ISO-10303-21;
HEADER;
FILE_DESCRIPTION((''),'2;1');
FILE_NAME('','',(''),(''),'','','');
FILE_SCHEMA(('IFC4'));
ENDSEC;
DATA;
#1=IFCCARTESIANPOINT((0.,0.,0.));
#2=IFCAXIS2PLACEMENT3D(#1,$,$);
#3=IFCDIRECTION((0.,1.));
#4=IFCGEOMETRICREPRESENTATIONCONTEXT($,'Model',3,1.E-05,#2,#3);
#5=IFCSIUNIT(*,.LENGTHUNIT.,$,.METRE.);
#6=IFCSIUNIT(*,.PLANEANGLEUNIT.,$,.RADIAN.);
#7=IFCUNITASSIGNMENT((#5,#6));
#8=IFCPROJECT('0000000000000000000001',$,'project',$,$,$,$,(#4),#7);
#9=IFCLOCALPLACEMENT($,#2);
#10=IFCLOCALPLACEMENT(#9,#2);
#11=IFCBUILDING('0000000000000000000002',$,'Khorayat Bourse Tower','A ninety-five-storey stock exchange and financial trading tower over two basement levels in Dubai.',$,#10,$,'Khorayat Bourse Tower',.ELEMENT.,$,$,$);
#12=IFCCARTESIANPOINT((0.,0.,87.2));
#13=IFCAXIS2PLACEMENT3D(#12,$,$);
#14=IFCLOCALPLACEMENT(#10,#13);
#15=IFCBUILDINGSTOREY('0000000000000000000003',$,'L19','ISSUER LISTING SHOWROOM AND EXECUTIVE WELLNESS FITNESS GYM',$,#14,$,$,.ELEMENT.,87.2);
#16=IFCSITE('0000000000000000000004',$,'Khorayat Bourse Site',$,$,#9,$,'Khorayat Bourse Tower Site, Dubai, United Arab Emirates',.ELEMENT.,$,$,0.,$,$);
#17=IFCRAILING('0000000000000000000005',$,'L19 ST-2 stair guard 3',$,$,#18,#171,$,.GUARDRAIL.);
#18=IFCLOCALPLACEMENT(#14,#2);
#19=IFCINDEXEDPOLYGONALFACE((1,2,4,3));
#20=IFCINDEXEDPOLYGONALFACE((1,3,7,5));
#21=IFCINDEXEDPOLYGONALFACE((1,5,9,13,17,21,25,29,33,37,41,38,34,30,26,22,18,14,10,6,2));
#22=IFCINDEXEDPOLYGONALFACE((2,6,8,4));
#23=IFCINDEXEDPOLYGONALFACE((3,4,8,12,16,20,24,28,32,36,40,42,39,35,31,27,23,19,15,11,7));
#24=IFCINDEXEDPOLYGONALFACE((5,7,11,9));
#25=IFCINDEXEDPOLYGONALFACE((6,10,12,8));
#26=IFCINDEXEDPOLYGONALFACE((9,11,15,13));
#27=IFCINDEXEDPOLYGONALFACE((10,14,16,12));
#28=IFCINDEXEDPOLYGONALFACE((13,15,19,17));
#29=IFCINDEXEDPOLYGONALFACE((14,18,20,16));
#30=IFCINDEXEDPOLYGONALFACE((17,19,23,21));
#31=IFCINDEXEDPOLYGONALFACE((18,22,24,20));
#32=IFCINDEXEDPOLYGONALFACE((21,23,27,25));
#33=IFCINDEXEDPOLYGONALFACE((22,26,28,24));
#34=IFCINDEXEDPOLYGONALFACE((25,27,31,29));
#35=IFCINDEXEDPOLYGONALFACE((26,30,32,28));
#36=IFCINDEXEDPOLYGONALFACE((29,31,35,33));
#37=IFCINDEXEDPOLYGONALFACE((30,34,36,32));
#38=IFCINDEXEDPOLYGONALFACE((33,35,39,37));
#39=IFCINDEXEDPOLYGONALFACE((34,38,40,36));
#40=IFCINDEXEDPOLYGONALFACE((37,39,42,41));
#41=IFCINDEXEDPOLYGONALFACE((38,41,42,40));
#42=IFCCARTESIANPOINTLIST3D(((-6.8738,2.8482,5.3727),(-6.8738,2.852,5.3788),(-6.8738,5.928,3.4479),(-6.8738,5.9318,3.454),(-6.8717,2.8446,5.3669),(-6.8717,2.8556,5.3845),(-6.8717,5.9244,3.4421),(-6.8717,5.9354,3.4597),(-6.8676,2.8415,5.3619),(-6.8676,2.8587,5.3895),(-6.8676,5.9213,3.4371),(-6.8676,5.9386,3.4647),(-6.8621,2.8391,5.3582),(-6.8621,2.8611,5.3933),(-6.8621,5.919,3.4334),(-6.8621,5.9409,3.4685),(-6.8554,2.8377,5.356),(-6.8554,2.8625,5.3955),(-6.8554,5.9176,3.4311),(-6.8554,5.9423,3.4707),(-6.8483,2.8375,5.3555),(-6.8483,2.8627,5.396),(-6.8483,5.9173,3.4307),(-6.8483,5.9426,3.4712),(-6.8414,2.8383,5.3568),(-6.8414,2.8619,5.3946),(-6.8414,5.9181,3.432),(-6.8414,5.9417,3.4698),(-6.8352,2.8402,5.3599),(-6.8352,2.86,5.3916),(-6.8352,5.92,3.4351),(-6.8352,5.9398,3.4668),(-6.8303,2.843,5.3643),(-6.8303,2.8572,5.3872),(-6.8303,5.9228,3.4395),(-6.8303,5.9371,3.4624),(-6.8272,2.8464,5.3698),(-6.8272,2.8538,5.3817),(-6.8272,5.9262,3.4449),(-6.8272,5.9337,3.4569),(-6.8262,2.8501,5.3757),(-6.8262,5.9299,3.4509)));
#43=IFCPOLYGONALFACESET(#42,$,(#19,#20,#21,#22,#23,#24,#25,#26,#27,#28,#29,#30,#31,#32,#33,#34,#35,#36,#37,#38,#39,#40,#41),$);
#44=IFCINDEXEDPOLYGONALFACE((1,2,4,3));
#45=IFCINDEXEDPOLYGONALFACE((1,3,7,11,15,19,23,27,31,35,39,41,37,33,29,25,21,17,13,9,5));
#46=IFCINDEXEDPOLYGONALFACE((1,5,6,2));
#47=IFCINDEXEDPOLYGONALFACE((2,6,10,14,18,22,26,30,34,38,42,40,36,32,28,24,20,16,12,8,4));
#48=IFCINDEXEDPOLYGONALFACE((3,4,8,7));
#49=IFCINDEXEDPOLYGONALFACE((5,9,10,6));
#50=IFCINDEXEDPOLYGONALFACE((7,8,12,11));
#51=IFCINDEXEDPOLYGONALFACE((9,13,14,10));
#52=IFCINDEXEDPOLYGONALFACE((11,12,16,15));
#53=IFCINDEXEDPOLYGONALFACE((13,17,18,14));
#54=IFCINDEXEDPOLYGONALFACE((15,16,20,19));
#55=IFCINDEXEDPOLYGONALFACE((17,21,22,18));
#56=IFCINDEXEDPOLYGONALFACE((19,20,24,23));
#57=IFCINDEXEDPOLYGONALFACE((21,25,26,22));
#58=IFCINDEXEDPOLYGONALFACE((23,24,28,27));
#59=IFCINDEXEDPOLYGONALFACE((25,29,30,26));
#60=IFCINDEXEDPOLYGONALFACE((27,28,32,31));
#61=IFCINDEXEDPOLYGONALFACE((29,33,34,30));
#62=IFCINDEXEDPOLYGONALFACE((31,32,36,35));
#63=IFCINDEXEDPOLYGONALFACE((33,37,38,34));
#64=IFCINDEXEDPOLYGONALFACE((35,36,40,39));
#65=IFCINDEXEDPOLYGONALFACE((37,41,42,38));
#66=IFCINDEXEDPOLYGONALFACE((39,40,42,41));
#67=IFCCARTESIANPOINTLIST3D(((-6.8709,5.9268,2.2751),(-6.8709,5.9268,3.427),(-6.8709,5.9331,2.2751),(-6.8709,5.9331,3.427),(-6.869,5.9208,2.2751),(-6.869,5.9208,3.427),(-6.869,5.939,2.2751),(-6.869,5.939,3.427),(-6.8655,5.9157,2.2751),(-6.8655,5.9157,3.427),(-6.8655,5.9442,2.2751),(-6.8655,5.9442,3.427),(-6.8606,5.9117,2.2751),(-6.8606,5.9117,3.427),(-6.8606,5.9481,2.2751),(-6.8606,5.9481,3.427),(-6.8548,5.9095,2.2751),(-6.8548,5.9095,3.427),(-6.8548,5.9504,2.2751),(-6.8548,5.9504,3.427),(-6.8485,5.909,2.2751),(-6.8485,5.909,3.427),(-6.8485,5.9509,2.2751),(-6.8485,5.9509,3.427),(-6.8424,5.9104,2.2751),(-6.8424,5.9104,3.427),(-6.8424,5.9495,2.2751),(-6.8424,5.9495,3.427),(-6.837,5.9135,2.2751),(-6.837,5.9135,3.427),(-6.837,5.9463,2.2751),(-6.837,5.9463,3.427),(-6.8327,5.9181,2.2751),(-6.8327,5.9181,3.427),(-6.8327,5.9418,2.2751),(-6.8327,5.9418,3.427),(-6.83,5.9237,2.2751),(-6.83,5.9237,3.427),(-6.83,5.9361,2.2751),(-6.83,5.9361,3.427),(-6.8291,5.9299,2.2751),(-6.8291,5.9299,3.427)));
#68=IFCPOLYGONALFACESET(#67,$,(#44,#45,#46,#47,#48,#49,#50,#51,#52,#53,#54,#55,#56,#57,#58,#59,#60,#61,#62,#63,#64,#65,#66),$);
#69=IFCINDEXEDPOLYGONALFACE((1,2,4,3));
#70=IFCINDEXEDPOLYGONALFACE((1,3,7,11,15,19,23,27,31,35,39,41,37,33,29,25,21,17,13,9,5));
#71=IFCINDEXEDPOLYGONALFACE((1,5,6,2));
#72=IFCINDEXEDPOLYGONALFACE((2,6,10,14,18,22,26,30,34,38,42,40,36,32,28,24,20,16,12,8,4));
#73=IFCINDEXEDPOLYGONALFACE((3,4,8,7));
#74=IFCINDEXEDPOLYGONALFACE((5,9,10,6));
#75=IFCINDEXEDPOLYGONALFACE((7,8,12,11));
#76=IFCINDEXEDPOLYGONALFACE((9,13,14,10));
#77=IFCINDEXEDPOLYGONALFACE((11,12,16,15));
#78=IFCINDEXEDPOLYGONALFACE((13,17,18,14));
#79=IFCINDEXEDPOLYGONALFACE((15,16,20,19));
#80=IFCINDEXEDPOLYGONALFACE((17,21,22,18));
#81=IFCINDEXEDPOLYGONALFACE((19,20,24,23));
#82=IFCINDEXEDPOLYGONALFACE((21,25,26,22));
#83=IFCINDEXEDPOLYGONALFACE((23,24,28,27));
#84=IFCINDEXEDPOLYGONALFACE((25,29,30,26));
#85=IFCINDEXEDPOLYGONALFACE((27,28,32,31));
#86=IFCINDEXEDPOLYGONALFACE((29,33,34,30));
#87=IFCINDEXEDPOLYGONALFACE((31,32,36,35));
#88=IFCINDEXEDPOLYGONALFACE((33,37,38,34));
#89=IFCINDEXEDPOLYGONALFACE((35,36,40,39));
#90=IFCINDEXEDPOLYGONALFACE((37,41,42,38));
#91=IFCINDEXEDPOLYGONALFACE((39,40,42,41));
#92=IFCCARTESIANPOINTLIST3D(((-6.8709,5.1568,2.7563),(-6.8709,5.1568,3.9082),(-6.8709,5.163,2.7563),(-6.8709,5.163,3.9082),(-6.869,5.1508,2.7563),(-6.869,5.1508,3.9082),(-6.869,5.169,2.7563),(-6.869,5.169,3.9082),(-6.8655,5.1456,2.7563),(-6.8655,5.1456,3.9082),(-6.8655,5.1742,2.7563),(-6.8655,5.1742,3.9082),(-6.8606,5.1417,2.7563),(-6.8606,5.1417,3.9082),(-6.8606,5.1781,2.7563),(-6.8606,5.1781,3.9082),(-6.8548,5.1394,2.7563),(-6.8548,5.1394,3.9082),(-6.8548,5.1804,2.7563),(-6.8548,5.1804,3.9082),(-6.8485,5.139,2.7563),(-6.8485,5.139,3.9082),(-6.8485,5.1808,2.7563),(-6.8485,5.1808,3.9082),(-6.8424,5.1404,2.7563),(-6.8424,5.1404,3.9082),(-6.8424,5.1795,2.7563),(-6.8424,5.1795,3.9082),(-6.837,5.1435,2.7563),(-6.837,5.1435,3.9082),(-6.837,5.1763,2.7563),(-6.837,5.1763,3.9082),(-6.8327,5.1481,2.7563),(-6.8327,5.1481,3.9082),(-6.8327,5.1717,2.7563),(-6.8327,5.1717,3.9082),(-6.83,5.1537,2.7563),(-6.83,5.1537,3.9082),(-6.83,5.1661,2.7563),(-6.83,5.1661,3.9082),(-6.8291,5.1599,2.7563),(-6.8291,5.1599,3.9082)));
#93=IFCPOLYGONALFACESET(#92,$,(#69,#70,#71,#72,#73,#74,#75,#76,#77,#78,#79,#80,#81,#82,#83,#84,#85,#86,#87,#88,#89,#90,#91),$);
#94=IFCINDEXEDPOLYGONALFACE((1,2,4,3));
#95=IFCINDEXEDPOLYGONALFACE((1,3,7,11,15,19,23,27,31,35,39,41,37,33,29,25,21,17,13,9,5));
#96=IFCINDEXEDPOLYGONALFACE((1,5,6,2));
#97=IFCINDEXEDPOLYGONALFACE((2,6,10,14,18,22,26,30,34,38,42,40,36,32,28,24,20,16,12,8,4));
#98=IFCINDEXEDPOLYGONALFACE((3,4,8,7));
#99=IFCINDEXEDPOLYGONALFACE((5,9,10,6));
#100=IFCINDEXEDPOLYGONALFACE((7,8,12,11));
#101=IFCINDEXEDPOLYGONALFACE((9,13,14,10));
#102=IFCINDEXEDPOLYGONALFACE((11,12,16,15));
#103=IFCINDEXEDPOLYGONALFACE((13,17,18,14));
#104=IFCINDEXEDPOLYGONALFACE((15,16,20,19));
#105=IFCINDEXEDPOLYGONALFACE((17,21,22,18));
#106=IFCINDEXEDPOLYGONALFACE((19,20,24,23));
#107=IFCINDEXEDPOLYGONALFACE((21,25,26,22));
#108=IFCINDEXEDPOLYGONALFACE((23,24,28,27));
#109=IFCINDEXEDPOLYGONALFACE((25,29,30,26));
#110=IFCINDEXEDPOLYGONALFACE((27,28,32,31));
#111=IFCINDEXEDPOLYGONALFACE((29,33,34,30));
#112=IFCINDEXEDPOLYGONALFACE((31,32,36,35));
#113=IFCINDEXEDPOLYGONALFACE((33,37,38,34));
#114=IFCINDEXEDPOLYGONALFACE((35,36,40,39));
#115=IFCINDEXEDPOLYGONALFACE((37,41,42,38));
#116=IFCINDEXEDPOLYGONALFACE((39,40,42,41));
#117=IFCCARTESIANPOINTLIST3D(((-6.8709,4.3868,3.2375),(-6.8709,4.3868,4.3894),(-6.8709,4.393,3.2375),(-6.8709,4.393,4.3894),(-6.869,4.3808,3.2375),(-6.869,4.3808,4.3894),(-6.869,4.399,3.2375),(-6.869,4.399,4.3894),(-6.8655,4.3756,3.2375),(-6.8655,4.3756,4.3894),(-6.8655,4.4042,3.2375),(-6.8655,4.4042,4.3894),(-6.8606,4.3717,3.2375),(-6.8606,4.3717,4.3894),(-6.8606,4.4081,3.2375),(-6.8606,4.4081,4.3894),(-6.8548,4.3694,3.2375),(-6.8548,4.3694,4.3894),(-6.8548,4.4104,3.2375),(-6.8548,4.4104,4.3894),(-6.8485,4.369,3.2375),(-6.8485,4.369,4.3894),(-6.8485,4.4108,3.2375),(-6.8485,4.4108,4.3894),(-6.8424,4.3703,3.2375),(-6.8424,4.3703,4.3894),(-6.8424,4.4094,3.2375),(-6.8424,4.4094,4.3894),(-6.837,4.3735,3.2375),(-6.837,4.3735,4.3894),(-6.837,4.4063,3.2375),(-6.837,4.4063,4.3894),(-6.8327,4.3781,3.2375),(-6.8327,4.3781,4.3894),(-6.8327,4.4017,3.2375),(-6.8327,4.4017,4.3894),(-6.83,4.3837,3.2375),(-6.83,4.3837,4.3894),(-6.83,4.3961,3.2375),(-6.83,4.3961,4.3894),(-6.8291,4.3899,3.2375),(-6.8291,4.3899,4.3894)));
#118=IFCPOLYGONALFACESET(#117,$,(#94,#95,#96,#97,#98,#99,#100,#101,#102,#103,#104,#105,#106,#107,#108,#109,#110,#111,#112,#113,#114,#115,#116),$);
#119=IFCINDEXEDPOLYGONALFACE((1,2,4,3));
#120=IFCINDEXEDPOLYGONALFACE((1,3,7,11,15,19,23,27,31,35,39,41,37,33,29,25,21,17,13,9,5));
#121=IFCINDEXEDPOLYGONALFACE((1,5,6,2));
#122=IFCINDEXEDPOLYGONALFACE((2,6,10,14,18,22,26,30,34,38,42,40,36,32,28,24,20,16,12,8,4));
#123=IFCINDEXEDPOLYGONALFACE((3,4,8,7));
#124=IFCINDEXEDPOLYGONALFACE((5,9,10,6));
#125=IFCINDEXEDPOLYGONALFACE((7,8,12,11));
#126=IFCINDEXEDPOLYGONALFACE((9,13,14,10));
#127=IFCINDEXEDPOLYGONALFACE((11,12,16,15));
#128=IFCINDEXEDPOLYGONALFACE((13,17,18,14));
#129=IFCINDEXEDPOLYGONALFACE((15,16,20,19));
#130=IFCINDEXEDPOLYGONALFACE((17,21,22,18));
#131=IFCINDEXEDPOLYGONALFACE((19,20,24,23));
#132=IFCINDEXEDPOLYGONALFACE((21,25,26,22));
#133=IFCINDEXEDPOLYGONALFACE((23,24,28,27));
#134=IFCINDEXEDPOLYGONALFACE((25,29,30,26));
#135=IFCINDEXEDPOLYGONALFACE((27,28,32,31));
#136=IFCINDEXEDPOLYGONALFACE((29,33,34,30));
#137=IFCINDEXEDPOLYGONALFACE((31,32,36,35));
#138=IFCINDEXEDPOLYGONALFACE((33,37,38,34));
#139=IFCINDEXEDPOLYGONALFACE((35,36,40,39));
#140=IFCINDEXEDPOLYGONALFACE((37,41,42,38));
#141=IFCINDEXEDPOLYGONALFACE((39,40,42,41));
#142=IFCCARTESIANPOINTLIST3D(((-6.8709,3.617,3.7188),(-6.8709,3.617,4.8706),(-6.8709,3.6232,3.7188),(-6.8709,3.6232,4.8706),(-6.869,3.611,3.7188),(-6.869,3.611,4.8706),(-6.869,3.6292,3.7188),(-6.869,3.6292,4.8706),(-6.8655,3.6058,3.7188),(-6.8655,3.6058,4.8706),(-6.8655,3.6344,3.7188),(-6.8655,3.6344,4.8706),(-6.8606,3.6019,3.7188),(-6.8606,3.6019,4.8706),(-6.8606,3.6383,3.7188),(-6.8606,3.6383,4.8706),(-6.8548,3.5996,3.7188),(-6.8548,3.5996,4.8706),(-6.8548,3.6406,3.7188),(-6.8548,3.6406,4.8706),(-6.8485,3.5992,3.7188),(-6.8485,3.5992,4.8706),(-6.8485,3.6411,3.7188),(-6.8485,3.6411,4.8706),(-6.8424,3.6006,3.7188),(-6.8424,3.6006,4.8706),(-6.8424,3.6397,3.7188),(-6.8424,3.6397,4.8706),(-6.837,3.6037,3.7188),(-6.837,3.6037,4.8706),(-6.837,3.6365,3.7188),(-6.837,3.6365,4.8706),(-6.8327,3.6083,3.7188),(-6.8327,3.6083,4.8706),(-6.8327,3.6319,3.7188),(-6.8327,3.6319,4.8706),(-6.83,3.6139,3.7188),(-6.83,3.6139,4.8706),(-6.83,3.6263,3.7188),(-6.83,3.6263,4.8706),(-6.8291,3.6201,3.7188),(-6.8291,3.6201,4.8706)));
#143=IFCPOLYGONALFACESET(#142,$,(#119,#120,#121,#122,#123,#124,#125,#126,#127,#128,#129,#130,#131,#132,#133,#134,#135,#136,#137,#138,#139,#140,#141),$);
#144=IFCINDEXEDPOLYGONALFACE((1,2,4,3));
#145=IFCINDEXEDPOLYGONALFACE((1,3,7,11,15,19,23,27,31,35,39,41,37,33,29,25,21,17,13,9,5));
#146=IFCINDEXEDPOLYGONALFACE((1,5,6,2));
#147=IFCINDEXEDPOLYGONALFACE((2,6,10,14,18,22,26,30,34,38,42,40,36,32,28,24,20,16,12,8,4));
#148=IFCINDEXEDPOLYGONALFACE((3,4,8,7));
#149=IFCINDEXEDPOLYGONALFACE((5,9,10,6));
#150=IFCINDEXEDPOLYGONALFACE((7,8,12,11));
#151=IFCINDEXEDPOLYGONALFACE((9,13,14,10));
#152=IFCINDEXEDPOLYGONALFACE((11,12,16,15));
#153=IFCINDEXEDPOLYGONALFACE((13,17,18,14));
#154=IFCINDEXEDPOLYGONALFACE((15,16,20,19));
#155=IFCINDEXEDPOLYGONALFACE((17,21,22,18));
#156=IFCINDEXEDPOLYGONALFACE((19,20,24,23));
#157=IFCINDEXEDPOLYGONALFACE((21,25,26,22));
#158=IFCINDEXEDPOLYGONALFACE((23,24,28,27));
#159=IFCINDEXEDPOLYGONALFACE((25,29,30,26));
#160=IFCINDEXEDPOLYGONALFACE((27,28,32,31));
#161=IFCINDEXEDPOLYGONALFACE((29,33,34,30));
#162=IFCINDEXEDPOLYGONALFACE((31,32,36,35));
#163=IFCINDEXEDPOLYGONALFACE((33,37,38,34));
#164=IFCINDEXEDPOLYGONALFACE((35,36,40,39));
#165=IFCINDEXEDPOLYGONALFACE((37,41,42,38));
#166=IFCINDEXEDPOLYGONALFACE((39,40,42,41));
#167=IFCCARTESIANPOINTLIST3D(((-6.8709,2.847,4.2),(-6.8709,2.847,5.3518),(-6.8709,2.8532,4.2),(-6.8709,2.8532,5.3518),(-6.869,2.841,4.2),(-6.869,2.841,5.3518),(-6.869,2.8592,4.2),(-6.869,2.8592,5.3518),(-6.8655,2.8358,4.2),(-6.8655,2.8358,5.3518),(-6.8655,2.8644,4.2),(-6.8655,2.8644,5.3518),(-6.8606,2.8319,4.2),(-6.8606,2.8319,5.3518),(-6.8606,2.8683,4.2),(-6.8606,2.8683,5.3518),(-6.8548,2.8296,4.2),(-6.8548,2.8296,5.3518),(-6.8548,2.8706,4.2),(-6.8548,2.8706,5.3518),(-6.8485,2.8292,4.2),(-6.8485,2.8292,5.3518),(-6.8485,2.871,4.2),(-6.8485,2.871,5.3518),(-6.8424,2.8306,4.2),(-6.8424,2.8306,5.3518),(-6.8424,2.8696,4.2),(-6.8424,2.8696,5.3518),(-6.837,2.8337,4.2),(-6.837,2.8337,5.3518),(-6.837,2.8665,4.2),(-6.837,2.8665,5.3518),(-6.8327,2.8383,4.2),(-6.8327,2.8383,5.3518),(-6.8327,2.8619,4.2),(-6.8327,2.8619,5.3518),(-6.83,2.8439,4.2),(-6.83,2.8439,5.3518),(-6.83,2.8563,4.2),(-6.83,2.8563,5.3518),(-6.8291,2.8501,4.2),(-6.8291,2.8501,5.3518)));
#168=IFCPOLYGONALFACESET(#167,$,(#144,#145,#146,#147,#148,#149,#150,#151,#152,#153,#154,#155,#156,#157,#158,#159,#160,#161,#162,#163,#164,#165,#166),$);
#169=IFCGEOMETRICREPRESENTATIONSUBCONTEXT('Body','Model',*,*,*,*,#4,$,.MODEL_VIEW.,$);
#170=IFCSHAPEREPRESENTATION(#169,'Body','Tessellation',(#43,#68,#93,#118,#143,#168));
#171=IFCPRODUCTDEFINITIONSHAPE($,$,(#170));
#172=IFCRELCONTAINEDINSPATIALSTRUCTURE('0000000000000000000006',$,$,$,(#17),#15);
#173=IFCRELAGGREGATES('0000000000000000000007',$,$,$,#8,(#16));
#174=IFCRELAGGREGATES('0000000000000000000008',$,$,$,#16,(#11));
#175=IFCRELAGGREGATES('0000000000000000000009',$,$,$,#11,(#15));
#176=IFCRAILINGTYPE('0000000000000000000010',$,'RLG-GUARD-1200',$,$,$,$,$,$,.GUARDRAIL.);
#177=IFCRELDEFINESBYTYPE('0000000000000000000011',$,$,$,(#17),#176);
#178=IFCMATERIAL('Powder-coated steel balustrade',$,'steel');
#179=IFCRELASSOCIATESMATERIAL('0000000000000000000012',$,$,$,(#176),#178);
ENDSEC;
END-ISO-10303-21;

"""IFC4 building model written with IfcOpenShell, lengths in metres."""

from ifc_helpers import new_model, si_unit, direction, frame, origin, origin_2d, place, context, subcontext, project, spatial, circle, extrude, source, transform, mapped, material, type_object, element, save


model = new_model("IFC4")

# Units and contexts
model_context = context("Model", 3, precision=1e-05, world=origin(), true_north=direction((0.0, 1.0)))
body_context = subcontext(model_context, "Body", "Model", "MODEL_VIEW")
ifc_project = project(units=[si_unit("LENGTHUNIT", "METRE"), si_unit("PLANEANGLEUNIT", "RADIAN")], contexts=[model_context])

# Site, building, storey
site_placement = place(None, origin())
site = spatial("IfcSite", under=ifc_project, at=site_placement, Name="Khorayat Bourse Site", LongName="Khorayat Bourse Tower Site, Dubai, United Arab Emirates", CompositionType="ELEMENT", RefElevation=0.0)
building_placement = place(site_placement, origin())
building = spatial("IfcBuilding", under=site, at=building_placement, Name="Khorayat Bourse Tower", Description="A ninety-five-storey stock exchange and financial trading tower over two basement levels in Dubai.", LongName="Khorayat Bourse Tower", CompositionType="ELEMENT")
storey_placement = place(building_placement, frame((0.0, 0.0, 87.2)))
storey = spatial("IfcBuildingStorey", under=building, at=storey_placement, Name="L19", Description="ISSUER LISTING SHOWROOM AND EXECUTIVE WELLNESS FITNESS GYM", CompositionType="ELEMENT", Elevation=87.2)

# Railing
ifc_material_1 = material(Name="Powder-coated steel balustrade", Category="steel")
railing_type_1 = type_object("IfcRailingType", Name="RLG-GUARD-1200", PredefinedType="GUARDRAIL", material=ifc_material_1)
shared_shape_1 = source(origin(), body_context, "Body", "SweptSolid", [
    extrude(circle(Radius=0.0239, at=origin_2d()), frame((0.0, 0.0, 1.1758), z_axis=(0.0, -0.84801, 0.529981), x_axis=(1.0, 0.0, 0.0)), (0.0, 0.0, 1.0), 3.6318),
    extrude(circle(Radius=0.021, at=origin_2d()), origin(), (0.0, 0.0, 1.0), 1.1519),
    extrude(circle(Radius=0.021, at=origin_2d()), frame((0.0, -0.77, 0.4812)), (0.0, 0.0, 1.0), 1.1519),
    extrude(circle(Radius=0.021, at=origin_2d()), frame((0.0, -1.54, 0.9624)), (0.0, 0.0, 1.0), 1.1519),
    extrude(circle(Radius=0.021, at=origin_2d()), frame((0.0, -2.3098, 1.4436)), (0.0, 0.0, 1.0), 1.1519),
    extrude(circle(Radius=0.021, at=origin_2d()), frame((0.0, -3.0798, 1.9248)), (0.0, 0.0, 1.0), 1.1519),
])
railing_1_placement = place(storey_placement, frame((-6.8501, 5.9299, 2.2751)))
element("IfcRailing", 1, at=railing_1_placement, inside=storey, type_object=railing_type_1, Name="L19 ST-2 stair guard 3", PredefinedType="GUARDRAIL", context=body_context, shape_type="MappedRepresentation", body=[
    mapped(shared_shape_1, transform((0.0, 0.0, 0.0), scale=1.0)),
])

save(model, "model.ifc")
